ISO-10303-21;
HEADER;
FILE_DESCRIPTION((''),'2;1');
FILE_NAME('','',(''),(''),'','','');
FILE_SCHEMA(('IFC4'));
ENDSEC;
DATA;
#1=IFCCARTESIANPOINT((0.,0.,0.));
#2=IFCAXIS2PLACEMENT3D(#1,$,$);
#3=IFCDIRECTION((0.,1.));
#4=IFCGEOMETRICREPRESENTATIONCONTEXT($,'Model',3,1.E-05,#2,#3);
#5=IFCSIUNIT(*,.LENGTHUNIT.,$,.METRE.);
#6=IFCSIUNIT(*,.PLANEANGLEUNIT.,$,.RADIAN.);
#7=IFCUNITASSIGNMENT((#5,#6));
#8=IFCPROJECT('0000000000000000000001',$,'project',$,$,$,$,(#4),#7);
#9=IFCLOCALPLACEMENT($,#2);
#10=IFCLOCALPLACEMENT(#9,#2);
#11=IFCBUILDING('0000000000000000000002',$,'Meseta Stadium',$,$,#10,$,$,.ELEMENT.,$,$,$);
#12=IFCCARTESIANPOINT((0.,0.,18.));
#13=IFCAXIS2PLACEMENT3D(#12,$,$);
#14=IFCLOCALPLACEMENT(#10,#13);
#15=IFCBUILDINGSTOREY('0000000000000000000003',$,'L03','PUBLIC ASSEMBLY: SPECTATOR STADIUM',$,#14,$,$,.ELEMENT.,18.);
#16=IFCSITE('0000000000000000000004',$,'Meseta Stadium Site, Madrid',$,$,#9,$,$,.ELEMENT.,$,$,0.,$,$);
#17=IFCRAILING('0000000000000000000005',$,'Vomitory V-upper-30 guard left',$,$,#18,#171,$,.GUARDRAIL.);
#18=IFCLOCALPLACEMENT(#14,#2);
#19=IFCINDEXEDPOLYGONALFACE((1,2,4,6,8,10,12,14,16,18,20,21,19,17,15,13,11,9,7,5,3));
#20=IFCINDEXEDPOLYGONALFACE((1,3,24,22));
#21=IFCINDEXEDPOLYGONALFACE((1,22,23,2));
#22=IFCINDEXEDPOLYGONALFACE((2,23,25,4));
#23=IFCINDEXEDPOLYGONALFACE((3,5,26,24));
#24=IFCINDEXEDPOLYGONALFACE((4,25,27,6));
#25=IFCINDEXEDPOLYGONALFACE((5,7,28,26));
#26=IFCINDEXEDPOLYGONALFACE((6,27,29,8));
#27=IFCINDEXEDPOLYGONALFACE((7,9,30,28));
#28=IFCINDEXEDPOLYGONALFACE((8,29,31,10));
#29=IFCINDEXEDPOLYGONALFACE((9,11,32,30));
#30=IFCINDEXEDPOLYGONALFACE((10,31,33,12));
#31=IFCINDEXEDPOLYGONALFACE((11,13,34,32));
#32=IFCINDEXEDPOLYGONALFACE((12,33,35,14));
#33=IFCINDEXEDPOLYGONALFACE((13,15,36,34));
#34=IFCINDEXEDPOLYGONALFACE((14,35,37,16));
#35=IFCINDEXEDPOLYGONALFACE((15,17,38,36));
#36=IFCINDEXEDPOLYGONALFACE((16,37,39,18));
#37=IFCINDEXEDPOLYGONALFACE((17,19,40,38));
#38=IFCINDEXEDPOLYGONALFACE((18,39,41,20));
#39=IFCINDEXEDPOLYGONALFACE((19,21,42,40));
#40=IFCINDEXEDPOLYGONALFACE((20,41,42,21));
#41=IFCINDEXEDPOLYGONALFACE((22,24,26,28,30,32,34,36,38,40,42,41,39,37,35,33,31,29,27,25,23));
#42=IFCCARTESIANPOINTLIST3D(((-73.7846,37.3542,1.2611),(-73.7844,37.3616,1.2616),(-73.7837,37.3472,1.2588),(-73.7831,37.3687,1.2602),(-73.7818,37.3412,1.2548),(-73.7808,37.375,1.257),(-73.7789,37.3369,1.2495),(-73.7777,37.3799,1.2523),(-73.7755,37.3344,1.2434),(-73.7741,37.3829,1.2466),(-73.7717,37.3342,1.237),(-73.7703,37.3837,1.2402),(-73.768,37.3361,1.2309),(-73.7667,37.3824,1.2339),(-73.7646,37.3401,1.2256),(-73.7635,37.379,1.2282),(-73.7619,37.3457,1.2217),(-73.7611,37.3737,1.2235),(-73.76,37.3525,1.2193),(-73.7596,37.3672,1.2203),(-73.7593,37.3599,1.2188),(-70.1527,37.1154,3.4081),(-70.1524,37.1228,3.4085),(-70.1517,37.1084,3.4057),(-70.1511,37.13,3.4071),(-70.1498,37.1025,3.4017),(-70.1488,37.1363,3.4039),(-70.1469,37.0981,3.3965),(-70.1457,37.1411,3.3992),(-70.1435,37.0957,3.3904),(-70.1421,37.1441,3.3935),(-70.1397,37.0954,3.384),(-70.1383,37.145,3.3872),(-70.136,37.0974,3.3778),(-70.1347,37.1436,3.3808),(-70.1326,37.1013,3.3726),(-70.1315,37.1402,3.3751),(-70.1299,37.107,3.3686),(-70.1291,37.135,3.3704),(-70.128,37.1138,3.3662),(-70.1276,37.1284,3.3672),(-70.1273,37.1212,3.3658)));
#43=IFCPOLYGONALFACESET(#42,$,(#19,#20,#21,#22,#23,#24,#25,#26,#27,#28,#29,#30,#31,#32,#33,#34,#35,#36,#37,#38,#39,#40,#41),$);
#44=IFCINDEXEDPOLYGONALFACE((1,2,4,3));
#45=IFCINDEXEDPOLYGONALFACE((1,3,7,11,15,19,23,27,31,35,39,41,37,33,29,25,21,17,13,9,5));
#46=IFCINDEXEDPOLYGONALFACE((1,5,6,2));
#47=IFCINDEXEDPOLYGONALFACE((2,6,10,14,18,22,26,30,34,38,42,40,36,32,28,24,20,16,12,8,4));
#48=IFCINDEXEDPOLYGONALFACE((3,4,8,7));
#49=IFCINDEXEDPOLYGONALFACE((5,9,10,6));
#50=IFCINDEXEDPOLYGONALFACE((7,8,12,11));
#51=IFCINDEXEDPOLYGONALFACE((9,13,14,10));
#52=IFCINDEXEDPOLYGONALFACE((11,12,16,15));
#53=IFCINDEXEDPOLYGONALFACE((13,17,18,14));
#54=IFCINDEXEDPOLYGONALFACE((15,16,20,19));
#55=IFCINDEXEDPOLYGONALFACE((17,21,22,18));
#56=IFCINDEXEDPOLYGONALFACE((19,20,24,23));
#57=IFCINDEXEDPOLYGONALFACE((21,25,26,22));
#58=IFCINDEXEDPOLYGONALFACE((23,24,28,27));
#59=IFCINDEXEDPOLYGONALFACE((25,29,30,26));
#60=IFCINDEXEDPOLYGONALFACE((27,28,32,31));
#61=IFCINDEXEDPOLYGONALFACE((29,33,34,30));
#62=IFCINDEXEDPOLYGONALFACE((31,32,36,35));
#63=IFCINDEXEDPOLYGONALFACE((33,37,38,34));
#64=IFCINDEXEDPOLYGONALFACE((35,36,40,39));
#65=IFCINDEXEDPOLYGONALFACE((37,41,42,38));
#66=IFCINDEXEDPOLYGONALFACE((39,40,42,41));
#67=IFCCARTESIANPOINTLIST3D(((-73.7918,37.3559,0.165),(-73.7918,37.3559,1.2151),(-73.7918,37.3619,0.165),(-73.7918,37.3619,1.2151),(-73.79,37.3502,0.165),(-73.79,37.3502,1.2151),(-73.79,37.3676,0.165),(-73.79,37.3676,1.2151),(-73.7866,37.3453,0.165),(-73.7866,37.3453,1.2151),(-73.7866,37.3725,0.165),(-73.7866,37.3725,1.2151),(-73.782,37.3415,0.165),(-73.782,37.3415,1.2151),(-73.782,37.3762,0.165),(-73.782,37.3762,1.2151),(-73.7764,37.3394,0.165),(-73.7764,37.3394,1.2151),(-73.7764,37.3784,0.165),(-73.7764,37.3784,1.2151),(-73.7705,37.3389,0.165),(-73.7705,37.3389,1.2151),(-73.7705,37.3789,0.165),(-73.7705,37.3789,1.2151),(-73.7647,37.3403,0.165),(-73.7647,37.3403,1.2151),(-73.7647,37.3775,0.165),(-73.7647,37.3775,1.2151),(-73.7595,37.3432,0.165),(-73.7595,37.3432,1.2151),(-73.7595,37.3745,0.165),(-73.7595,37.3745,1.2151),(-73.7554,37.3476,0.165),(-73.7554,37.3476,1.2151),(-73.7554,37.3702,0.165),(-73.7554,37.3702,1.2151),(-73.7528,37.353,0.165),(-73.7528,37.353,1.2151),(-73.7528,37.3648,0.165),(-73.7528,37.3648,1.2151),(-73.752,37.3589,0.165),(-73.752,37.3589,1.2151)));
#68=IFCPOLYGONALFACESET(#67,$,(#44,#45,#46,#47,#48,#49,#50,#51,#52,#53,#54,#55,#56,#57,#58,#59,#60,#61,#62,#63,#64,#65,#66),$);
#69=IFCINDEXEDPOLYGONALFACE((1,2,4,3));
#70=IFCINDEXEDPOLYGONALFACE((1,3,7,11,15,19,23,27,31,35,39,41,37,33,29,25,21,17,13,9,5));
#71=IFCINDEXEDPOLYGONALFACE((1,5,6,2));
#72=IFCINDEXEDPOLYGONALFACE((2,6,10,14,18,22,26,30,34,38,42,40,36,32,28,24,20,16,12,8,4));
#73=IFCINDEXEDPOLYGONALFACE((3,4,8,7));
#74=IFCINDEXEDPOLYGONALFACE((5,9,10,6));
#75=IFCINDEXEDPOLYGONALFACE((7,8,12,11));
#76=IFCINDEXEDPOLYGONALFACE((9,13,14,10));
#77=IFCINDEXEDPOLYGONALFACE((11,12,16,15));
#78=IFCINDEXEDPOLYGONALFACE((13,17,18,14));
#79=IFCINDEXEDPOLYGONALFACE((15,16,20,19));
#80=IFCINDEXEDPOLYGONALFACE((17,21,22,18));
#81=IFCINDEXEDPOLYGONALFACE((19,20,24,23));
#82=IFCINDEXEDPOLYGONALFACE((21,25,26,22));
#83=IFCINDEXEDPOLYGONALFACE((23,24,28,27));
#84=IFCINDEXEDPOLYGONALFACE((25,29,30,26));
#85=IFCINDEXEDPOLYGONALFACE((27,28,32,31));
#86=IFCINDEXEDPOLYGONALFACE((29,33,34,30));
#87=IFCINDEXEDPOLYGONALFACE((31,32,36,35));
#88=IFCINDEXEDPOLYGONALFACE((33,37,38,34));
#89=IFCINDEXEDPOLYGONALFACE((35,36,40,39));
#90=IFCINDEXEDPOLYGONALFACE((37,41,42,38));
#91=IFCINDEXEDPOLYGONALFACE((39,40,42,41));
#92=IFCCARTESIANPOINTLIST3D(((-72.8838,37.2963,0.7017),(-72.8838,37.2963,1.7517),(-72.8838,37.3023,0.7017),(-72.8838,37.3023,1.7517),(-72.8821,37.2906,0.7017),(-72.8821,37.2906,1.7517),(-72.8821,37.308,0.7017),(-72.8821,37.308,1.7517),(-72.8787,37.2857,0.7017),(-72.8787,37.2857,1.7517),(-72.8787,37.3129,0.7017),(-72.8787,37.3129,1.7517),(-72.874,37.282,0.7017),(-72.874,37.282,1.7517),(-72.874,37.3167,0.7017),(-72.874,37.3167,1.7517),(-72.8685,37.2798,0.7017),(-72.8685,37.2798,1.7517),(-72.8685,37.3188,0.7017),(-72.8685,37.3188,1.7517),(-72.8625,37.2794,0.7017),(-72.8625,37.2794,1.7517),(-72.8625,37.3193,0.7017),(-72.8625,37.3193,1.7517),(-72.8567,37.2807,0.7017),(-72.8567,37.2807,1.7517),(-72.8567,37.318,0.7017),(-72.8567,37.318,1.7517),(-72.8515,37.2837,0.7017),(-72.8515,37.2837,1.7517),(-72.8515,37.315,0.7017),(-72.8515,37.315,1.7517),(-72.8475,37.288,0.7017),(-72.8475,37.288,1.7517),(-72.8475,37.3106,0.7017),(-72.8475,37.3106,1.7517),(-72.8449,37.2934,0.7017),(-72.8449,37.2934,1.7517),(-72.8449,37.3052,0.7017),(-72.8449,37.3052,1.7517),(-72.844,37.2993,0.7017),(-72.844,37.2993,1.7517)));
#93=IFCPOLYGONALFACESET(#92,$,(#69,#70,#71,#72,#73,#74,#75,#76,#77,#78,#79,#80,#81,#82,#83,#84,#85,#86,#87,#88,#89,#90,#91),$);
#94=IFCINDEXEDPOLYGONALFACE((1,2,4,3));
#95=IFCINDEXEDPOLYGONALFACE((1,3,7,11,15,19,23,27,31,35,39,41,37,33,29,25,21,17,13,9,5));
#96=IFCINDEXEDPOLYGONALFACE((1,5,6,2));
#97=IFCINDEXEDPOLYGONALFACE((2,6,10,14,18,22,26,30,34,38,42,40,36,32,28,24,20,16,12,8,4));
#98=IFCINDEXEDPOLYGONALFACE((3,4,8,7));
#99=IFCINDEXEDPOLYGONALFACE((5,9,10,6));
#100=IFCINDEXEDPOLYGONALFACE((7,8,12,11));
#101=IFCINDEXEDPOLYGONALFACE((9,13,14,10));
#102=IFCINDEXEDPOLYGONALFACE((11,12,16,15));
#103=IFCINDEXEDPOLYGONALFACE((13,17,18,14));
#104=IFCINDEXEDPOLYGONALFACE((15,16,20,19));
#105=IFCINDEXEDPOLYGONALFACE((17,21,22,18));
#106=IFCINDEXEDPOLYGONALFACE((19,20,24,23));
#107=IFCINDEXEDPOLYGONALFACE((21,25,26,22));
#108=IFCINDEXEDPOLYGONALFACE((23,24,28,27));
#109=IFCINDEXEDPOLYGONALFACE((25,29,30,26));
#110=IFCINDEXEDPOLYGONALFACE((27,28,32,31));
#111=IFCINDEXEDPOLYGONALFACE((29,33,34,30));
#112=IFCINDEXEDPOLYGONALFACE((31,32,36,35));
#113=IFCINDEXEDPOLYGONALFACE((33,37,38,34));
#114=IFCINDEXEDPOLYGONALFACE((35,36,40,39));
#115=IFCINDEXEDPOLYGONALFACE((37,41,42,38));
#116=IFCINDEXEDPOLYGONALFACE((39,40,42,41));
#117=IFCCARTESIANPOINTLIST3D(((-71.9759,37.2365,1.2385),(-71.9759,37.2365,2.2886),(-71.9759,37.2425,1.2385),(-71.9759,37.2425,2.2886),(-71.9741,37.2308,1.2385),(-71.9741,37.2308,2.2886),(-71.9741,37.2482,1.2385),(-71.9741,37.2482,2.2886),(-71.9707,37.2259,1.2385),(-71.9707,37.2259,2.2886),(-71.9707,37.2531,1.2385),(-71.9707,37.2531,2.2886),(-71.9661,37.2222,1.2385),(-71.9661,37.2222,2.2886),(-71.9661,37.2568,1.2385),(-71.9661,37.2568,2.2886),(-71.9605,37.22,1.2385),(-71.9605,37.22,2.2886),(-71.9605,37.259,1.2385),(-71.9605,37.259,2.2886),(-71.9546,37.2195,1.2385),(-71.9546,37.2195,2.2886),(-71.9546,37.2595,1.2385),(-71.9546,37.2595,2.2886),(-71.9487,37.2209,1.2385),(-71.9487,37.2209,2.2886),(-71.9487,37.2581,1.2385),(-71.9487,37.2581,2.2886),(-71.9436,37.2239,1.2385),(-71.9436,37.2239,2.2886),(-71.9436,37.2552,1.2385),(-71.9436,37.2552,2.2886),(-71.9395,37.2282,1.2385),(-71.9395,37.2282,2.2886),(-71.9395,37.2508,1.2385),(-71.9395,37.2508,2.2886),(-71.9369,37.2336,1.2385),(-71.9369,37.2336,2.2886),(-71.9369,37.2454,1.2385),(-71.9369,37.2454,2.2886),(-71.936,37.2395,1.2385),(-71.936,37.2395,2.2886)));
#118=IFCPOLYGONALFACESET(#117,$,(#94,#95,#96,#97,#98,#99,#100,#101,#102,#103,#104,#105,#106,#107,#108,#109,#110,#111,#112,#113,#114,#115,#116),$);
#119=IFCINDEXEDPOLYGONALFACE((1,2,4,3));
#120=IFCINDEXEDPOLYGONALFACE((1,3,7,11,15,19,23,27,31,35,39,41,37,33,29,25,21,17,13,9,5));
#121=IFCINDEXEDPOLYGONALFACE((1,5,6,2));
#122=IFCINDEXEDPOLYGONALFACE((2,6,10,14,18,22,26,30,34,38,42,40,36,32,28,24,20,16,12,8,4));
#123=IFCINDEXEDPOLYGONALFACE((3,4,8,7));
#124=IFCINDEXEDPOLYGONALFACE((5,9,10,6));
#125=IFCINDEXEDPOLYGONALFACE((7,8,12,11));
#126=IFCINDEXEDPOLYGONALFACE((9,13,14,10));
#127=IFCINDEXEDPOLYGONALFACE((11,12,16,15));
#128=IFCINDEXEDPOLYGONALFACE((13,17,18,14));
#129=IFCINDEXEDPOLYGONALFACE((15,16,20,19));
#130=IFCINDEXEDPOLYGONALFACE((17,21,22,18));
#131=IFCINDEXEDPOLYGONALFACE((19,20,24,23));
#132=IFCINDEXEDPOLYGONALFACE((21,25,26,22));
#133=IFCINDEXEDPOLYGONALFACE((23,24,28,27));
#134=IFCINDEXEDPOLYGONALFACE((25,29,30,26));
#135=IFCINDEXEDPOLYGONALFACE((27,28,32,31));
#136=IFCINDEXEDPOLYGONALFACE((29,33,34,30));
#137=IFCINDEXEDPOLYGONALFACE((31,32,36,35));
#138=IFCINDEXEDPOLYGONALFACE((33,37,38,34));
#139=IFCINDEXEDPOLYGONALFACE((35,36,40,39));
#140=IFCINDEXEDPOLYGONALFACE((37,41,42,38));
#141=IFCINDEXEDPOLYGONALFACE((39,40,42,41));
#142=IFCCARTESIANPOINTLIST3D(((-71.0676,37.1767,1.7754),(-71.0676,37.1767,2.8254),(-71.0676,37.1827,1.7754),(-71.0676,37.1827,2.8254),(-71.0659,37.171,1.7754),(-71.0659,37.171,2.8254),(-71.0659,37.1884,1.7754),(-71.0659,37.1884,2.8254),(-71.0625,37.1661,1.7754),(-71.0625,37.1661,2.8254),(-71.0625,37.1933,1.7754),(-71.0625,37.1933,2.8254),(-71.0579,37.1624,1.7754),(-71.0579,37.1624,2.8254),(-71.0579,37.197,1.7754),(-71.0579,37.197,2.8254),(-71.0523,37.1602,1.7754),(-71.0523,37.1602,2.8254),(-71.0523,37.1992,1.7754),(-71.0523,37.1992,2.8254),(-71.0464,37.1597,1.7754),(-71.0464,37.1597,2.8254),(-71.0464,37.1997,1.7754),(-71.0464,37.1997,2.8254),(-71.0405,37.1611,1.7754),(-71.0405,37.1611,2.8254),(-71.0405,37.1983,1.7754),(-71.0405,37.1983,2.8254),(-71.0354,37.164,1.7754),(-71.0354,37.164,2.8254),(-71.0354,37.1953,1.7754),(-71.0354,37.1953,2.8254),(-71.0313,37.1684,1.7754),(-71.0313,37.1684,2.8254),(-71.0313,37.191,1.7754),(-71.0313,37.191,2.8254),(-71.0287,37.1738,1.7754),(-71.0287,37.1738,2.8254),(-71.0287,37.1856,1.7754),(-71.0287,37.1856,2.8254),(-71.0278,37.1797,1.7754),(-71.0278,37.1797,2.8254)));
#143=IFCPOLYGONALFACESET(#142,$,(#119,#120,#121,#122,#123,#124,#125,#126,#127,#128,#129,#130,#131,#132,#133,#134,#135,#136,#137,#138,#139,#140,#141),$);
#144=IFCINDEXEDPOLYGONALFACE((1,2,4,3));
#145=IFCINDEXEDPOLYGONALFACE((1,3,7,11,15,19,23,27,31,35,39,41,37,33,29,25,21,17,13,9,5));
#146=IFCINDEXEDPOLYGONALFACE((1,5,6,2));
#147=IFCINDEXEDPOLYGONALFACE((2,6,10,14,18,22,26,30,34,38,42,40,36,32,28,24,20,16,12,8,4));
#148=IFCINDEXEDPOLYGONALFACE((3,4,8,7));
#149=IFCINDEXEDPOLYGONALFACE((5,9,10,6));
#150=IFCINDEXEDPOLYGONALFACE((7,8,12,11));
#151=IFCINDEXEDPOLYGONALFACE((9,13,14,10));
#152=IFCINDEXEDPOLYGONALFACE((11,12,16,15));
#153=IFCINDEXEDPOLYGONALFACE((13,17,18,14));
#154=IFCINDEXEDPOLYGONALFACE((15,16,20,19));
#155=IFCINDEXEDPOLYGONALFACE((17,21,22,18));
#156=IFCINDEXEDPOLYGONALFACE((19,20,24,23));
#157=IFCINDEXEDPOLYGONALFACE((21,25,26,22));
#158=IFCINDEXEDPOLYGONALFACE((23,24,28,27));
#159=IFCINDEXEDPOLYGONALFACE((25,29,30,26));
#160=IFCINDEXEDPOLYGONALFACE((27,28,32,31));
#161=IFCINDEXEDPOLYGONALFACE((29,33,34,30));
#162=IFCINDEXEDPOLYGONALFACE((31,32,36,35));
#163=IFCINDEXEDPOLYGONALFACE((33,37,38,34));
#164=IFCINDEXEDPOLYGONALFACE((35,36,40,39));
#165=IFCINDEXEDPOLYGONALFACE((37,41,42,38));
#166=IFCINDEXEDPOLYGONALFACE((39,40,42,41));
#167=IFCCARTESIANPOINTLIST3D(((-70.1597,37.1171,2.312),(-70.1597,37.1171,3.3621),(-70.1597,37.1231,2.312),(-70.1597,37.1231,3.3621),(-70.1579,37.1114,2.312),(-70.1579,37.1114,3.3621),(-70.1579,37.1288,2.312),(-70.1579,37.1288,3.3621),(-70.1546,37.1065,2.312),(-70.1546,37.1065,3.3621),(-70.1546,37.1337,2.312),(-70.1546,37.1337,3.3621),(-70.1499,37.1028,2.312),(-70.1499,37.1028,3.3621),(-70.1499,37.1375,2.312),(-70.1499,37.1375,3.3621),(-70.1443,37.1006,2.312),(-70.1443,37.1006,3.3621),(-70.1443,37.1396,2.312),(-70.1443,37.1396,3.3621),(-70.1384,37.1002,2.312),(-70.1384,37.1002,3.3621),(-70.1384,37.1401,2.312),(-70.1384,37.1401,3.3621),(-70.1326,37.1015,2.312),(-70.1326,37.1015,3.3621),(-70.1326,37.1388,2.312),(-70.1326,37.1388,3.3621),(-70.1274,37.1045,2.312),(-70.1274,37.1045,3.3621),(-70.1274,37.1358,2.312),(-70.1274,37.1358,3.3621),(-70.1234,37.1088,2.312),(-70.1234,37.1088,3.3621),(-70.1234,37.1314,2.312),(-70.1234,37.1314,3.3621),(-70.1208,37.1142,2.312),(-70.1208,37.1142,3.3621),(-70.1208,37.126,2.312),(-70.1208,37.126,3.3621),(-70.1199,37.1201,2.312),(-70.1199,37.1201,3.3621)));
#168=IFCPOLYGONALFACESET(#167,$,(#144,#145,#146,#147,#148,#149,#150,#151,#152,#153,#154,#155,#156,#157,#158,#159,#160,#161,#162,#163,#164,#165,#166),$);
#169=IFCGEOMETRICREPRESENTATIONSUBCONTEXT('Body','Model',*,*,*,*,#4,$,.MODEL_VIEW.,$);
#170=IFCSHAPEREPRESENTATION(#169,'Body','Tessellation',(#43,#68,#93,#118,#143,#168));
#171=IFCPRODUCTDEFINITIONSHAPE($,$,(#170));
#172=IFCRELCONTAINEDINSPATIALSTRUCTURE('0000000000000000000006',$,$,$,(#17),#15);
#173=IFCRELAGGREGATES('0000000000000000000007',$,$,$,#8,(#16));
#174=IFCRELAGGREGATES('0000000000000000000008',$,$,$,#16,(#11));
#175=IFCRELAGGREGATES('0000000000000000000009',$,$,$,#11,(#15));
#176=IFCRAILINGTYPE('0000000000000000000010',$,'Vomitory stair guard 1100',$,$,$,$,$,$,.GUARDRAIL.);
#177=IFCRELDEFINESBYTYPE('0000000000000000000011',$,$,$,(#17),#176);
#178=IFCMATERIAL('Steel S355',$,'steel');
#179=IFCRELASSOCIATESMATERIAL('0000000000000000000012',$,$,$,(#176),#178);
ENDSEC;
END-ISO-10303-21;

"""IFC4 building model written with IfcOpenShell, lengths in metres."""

from ifc_helpers import new_model, si_unit, direction, frame, origin, origin_2d, place, context, subcontext, project, spatial, circle, extrude, material, type_object, element, save


model = new_model("IFC4")

# Units and contexts
model_context = context("Model", 3, precision=1e-05, world=origin(), true_north=direction((0.0, 1.0)))
body_context = subcontext(model_context, "Body", "Model", "MODEL_VIEW")
ifc_project = project(units=[si_unit("LENGTHUNIT", "METRE"), si_unit("PLANEANGLEUNIT", "RADIAN")], contexts=[model_context])

# Site, building, storey
site_placement = place(None, origin())
site = spatial("IfcSite", under=ifc_project, at=site_placement, Name="Meseta Stadium Site, Madrid", CompositionType="ELEMENT", RefElevation=0.0)
building_placement = place(site_placement, origin())
building = spatial("IfcBuilding", under=site, at=building_placement, Name="Meseta Stadium", CompositionType="ELEMENT")
storey_placement = place(building_placement, frame((0.0, 0.0, 18.0)))
storey = spatial("IfcBuildingStorey", under=building, at=storey_placement, Name="L03", Description="PUBLIC ASSEMBLY: SPECTATOR STADIUM", CompositionType="ELEMENT", Elevation=18.0)

# Railing
ifc_material_1 = material(Name="Steel S355", Category="steel")
railing_type_1 = type_object("IfcRailingType", Name="Vomitory stair guard 1100", PredefinedType="GUARDRAIL", material=ifc_material_1)
railing_1_placement = place(storey_placement, frame((-73.772, 37.3589, 0.165)))
element("IfcRailing", 1, at=railing_1_placement, inside=storey, type_object=railing_type_1, Name="Vomitory V-upper-30 guard left", PredefinedType="GUARDRAIL", context=body_context, shape_type="SweptSolid", body=[
    extrude(circle(Radius=0.0249, at=origin_2d()), frame((0.0, 0.0, 1.0752), z_axis=(0.859474, -0.056501, 0.508047), x_axis=(0.065597, 0.997846, 0.0)), (0.0, 0.0, 1.0), 4.2258),
    extrude(circle(Radius=0.02, at=origin_2d()), origin(), (0.0, 0.0, 1.0), 1.05),
    extrude(circle(Radius=0.02, at=origin_2d()), frame((0.908, -0.0596, 0.5366)), (0.0, 0.0, 1.0), 1.05),
    extrude(circle(Radius=0.02, at=origin_2d()), frame((1.8159, -0.1194, 1.0735)), (0.0, 0.0, 1.0), 1.05),
    extrude(circle(Radius=0.02, at=origin_2d()), frame((2.7241, -0.1792, 1.6104)), (0.0, 0.0, 1.0), 1.05),
    extrude(circle(Radius=0.02, at=origin_2d()), frame((3.6321, -0.2388, 2.147)), (0.0, 0.0, 1.0), 1.05),
])

save(model, "model.ifc")
